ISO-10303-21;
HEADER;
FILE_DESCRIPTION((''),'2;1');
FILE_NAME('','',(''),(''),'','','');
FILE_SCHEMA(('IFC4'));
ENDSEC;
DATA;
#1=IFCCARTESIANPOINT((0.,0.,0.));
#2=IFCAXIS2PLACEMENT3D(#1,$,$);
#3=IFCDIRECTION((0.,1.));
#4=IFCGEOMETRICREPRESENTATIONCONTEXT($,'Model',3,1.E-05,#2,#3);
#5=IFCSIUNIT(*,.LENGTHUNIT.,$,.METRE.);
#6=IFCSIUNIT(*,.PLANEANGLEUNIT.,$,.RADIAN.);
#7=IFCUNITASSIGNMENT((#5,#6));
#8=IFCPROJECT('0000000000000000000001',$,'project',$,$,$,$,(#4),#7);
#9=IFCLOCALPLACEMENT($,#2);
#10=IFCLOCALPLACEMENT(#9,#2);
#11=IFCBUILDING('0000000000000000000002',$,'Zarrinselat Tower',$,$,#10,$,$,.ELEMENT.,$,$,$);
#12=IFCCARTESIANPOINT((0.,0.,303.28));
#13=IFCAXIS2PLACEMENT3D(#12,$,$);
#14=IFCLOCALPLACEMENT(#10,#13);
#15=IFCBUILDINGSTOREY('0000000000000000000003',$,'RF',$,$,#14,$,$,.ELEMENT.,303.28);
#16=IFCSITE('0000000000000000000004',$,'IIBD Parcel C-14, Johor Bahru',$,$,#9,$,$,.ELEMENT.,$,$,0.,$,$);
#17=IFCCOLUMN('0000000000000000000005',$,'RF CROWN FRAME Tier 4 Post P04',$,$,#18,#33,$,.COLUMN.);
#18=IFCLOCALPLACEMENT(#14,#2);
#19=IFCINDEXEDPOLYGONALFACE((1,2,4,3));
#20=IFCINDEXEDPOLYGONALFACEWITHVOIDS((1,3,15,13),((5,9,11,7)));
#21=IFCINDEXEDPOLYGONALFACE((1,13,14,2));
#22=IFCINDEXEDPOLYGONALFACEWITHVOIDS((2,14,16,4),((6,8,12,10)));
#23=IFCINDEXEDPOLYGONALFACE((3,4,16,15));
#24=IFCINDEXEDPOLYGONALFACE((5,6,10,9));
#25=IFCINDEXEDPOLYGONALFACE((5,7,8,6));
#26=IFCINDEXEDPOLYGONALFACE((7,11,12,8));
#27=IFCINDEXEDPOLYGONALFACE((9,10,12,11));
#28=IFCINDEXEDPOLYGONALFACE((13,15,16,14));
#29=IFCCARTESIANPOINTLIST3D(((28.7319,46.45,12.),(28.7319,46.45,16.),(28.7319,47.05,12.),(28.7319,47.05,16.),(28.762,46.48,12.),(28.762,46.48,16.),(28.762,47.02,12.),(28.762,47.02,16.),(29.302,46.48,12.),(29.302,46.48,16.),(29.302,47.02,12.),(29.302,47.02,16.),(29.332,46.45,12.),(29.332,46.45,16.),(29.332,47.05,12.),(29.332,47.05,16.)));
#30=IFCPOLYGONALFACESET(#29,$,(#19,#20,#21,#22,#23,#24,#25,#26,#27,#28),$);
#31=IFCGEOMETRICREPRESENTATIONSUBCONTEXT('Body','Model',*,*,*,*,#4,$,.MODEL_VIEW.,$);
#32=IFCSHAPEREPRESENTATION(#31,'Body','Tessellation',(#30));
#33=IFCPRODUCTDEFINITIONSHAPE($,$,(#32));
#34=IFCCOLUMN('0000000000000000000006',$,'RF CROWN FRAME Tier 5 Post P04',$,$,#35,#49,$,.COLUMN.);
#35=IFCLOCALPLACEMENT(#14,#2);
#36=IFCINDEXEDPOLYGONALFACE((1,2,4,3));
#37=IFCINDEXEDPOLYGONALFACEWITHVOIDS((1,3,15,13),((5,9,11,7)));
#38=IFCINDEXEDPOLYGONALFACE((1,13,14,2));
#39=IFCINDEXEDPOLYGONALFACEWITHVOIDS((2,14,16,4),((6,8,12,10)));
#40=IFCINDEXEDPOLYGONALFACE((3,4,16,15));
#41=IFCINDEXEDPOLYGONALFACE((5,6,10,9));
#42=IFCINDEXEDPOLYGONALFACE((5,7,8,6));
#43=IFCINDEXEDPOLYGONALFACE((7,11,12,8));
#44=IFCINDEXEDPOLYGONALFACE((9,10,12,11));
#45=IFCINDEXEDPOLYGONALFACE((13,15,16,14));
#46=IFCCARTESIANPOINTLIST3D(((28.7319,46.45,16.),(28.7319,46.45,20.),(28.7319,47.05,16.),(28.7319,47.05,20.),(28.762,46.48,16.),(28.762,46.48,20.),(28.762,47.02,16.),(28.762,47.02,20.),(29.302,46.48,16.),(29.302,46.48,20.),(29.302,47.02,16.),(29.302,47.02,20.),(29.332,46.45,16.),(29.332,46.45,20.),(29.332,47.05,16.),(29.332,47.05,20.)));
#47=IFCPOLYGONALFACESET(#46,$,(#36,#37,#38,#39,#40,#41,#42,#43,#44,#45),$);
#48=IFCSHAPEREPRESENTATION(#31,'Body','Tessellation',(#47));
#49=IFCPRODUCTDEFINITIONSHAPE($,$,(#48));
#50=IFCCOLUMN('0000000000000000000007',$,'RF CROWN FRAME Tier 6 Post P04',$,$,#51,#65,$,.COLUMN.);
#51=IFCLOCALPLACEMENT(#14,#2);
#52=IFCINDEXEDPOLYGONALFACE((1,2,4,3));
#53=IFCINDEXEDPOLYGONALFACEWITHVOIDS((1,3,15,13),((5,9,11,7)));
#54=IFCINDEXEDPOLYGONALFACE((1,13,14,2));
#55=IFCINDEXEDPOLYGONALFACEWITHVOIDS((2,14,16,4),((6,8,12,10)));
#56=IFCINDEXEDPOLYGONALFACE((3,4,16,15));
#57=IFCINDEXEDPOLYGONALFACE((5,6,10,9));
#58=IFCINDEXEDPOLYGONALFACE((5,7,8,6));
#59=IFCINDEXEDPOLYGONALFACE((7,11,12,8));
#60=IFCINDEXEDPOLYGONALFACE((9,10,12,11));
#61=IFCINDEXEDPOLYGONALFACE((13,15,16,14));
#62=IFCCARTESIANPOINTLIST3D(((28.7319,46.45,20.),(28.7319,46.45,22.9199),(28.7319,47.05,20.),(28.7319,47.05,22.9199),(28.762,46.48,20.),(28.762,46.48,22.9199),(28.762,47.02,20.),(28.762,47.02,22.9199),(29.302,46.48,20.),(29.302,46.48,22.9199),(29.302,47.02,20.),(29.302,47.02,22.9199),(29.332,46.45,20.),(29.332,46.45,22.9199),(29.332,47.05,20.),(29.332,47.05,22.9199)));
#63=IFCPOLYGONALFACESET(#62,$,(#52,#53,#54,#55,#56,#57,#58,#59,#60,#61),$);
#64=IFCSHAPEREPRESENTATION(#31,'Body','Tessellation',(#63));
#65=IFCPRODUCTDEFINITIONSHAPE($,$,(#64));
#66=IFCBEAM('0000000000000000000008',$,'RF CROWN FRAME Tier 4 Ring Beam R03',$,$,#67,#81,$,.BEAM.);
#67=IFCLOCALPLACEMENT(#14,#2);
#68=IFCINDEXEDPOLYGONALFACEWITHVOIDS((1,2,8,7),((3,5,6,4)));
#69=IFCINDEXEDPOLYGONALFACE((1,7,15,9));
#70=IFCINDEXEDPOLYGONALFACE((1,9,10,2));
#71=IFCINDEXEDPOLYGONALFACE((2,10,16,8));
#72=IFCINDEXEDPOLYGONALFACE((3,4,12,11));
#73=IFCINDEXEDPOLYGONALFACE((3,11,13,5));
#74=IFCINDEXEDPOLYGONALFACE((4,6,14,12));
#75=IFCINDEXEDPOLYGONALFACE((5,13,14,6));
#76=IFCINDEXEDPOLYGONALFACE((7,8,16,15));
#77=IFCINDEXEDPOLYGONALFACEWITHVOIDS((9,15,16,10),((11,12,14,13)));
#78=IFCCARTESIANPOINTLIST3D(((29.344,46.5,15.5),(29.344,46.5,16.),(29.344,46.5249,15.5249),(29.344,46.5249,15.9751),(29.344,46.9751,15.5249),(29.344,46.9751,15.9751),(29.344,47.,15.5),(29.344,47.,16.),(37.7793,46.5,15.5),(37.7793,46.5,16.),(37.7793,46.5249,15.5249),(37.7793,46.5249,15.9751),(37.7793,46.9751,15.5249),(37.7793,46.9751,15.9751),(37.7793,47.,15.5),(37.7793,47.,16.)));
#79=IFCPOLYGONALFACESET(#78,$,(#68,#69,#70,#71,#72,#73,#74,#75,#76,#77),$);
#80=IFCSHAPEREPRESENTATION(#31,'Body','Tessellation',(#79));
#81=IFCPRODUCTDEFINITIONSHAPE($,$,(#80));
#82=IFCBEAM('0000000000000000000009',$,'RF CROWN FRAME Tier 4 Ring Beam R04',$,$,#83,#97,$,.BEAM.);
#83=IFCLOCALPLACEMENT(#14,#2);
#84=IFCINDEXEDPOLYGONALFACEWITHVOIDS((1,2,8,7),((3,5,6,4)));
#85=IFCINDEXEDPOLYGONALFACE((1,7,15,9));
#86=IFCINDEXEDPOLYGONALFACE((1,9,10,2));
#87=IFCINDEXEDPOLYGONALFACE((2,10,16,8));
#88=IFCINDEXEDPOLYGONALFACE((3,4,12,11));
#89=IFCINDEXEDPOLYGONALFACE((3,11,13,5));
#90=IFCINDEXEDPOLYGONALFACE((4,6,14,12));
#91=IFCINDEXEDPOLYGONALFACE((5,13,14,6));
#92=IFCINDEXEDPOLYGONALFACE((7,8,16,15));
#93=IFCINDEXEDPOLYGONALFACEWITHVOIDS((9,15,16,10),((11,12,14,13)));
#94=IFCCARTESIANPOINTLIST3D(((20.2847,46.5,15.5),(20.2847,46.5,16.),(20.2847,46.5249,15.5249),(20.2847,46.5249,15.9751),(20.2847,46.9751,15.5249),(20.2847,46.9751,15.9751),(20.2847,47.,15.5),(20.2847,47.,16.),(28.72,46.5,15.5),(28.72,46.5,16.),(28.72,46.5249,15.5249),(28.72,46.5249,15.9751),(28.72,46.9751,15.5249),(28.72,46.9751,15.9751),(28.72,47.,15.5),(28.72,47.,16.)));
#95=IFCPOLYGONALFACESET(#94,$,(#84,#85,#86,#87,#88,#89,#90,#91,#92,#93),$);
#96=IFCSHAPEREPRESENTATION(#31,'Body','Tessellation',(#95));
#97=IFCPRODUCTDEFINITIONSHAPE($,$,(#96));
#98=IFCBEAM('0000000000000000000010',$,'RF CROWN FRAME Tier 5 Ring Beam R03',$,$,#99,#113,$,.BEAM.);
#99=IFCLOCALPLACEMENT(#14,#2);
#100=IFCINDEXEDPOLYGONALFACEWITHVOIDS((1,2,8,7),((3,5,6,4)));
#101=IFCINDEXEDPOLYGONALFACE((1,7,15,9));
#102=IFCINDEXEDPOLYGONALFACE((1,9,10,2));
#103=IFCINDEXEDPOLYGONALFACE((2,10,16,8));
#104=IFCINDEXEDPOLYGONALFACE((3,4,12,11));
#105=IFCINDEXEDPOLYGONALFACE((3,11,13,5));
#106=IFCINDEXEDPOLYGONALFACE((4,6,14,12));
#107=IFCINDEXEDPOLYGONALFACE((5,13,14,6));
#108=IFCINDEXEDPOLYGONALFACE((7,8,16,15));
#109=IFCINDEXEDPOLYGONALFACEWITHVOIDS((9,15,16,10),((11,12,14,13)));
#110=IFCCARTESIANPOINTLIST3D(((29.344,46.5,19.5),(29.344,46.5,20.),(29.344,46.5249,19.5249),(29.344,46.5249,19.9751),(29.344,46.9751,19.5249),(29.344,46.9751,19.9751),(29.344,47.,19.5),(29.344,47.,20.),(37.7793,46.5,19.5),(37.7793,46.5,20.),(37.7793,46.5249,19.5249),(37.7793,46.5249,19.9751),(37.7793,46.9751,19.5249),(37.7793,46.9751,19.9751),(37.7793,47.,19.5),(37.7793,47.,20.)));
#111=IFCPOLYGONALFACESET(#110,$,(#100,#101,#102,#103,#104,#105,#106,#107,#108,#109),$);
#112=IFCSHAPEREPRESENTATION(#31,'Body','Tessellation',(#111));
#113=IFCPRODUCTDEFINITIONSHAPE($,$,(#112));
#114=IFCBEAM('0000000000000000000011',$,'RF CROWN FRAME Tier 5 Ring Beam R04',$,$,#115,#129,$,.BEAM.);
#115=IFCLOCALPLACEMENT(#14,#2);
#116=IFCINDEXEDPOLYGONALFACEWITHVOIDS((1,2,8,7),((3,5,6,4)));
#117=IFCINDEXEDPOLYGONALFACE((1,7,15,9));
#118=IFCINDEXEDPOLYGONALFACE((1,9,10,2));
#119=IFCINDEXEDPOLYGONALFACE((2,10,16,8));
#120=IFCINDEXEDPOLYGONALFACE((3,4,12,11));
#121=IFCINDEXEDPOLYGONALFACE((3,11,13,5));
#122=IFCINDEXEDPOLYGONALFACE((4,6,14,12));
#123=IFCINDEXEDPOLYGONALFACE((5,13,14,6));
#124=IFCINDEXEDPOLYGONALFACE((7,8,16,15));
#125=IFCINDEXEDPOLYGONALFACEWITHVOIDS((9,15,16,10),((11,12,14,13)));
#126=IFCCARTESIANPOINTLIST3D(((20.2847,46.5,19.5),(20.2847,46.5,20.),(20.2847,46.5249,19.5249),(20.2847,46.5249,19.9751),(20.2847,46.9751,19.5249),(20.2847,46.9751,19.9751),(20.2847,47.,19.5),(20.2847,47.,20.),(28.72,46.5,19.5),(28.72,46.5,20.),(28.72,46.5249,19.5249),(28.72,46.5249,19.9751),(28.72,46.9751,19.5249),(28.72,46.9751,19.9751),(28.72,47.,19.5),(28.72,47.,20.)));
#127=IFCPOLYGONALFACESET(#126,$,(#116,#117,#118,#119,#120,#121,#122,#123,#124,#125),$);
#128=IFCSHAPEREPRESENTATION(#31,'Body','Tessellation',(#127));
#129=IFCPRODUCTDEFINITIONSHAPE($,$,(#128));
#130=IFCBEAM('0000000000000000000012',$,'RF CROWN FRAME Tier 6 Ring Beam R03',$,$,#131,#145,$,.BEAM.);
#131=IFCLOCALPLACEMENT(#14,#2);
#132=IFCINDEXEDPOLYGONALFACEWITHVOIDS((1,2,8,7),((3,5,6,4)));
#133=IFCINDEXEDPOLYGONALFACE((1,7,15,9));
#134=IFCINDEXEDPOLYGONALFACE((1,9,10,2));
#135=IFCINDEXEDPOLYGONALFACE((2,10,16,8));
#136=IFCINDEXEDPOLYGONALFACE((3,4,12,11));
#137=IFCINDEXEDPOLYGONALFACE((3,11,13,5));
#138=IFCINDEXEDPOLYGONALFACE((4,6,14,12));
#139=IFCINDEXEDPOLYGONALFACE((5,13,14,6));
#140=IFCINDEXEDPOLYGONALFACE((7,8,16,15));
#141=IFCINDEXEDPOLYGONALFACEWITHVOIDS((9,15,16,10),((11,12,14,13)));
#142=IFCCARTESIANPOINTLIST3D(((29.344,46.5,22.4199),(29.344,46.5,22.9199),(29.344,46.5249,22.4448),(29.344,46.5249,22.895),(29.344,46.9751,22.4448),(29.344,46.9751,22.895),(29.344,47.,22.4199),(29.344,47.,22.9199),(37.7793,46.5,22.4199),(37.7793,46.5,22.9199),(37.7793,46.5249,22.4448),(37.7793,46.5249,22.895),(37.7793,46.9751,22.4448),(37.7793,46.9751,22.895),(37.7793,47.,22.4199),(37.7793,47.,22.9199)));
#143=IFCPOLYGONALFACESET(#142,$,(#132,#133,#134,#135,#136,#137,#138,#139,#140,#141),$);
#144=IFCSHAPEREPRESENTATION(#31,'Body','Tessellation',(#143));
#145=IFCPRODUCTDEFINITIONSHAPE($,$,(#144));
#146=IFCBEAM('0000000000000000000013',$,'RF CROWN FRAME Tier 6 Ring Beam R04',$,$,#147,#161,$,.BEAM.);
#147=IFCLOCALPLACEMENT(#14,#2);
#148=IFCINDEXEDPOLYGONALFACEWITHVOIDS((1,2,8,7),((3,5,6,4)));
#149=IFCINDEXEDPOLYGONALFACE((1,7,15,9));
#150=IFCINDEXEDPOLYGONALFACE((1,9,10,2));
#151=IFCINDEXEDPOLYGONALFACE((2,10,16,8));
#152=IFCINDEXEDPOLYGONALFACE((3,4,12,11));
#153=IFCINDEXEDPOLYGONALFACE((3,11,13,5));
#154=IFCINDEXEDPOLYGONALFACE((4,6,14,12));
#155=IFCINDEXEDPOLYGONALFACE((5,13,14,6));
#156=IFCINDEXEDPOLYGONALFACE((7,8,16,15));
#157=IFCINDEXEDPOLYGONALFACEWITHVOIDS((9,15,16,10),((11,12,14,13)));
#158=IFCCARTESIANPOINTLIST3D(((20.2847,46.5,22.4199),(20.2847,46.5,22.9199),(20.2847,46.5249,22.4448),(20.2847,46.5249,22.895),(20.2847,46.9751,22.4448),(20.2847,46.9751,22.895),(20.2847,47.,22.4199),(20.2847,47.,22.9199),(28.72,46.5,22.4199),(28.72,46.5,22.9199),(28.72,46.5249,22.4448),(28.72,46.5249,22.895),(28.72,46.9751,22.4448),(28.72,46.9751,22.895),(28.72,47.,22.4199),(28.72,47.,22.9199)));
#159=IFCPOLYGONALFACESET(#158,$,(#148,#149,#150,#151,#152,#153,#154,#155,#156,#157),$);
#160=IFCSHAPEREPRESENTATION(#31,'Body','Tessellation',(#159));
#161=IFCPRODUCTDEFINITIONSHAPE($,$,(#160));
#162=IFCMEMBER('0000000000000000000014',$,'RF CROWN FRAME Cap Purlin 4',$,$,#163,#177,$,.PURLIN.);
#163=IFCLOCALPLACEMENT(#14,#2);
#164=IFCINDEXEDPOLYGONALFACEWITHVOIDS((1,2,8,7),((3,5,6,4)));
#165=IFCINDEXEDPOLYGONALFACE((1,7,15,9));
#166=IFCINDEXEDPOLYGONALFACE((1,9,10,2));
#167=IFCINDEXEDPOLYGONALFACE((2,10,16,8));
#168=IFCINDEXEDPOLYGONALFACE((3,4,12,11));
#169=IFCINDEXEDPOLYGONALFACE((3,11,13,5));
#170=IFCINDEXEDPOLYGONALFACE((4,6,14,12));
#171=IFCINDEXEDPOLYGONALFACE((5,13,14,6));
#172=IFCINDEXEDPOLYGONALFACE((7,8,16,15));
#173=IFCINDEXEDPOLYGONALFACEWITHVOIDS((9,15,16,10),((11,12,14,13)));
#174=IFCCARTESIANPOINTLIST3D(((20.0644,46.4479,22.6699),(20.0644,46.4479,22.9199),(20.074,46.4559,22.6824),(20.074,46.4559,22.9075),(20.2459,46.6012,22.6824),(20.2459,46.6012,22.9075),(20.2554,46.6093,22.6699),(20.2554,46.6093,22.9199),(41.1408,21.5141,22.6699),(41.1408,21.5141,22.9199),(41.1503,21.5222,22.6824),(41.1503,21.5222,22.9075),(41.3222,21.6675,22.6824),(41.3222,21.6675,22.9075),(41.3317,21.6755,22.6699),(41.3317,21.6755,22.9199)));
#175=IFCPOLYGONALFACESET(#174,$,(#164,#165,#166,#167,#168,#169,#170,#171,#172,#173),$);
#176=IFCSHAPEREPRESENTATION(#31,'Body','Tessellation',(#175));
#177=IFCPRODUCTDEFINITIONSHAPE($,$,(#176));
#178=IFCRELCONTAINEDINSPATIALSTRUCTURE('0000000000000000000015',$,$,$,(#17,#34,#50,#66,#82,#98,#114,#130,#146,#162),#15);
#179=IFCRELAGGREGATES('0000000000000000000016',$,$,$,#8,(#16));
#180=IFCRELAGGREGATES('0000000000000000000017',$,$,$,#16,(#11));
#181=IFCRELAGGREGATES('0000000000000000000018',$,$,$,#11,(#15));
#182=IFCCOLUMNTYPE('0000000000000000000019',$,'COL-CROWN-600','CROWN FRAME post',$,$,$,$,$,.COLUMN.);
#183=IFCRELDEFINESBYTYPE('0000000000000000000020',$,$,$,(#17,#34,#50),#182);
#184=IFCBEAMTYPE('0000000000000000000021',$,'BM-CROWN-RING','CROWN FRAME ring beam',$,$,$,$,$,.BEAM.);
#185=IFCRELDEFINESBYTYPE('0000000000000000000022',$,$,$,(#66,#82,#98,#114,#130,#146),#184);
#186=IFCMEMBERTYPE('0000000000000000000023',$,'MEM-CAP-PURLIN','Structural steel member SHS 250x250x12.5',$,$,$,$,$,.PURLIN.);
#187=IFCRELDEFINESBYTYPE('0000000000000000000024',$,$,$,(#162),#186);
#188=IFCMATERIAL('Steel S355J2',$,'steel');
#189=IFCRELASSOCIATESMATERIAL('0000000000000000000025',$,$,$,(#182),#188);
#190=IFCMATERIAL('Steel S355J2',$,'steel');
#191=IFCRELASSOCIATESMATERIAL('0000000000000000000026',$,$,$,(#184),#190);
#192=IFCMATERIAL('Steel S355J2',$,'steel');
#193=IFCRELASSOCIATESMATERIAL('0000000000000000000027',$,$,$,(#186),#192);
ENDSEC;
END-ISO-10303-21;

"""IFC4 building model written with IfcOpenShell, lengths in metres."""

from ifc_helpers import new_model, si_unit, direction, frame, origin, origin_2d, place, context, subcontext, project, spatial, hollow_rectangle, extrude, material, material_profile, profile_set, type_object, element, save


model = new_model("IFC4")

# Units and contexts
model_context = context("Model", 3, precision=1e-05, world=origin(), true_north=direction((0.0, 1.0)))
body_context = subcontext(model_context, "Body", "Model", "MODEL_VIEW")
ifc_project = project(units=[si_unit("LENGTHUNIT", "METRE"), si_unit("PLANEANGLEUNIT", "RADIAN")], contexts=[model_context])

# Site, building, storey
site_placement = place(None, origin())
site = spatial("IfcSite", under=ifc_project, at=site_placement, Name="IIBD Parcel C-14, Johor Bahru", CompositionType="ELEMENT", RefElevation=0.0)
building_placement = place(site_placement, origin())
building = spatial("IfcBuilding", under=site, at=building_placement, Name="Zarrinselat Tower", CompositionType="ELEMENT")
storey_placement = place(building_placement, frame((0.0, 0.0, 303.28)))
storey = spatial("IfcBuildingStorey", under=building, at=storey_placement, Name="RF", CompositionType="ELEMENT", Elevation=303.28)

# Columns
ifc_material_1 = material(Name="Steel S355J2", Category="steel")
ifc_material_profile_1 = material_profile(ifc_material_1, hollow_rectangle(XDim=0.6001, YDim=0.6001, WallThickness=0.03, at=origin_2d()), Name="SHS 600x600x30")
ifc_profile_set_1 = profile_set([ifc_material_profile_1], Name="Steel S355J2")
column_type = type_object("IfcColumnType", Name="COL-CROWN-600", Description="CROWN FRAME post", PredefinedType="COLUMN", material=ifc_profile_set_1)
for number, where, z_axis, x_axis, name in (
    (1, (29.032, 46.75, 12.0), (0.0, 0.0, 1.0), (1.0, 0.0, 0.0), "RF CROWN FRAME Tier 4 Post P04"),
    (2, (29.032, 46.75, 16.0), (0.0, 0.0, 1.0), (1.0, 0.0, 0.0), "RF CROWN FRAME Tier 5 Post P04"),
):
    element("IfcColumn", number, at=place(storey_placement, frame(where, z_axis=z_axis, x_axis=x_axis)), inside=storey, type_object=column_type, Name=name, PredefinedType="COLUMN", context=body_context, shape_type="SweptSolid", body=[
        extrude(hollow_rectangle(XDim=0.6001, YDim=0.6001, WallThickness=0.03, at=origin_2d()), origin(), (0.0, 0.0, 1.0), 4.0),
    ])
column_placement = place(storey_placement, frame((29.032, 46.75, 20.0), z_axis=(0.0, 0.0, 1.0), x_axis=(1.0, 0.0, 0.0)))
element("IfcColumn", 3, at=column_placement, inside=storey, type_object=column_type, Name="RF CROWN FRAME Tier 6 Post P04", PredefinedType="COLUMN", context=body_context, shape_type="SweptSolid", body=[
    extrude(hollow_rectangle(XDim=0.6001, YDim=0.6001, WallThickness=0.03, at=origin_2d()), origin(), (0.0, 0.0, 1.0), 2.9199),
])

# Beams
ifc_material_2 = material(Name="Steel S355J2", Category="steel")
ifc_material_profile_2 = material_profile(ifc_material_2, hollow_rectangle(XDim=0.5, YDim=0.5, WallThickness=0.0249, at=origin_2d()), Name="SHS 500x500x25")
ifc_profile_set_2 = profile_set([ifc_material_profile_2], Name="Steel S355J2")
beam_type = type_object("IfcBeamType", Name="BM-CROWN-RING", Description="CROWN FRAME ring beam", PredefinedType="BEAM", material=ifc_profile_set_2)
for number, where, z_axis, x_axis, name in (
    (4, (37.7793, 46.75, 15.75), (-1.0, 0.0, 0.0), (0.0, -1.0, 0.0), "RF CROWN FRAME Tier 4 Ring Beam R03"),
    (5, (28.72, 46.75, 15.75), (-1.0, 0.0, 0.0), (0.0, -1.0, 0.0), "RF CROWN FRAME Tier 4 Ring Beam R04"),
    (6, (37.7793, 46.75, 19.75), (-1.0, 0.0, 0.0), (0.0, -1.0, 0.0), "RF CROWN FRAME Tier 5 Ring Beam R03"),
    (7, (28.72, 46.75, 19.75), (-1.0, 0.0, 0.0), (0.0, -1.0, 0.0), "RF CROWN FRAME Tier 5 Ring Beam R04"),
    (8, (37.7793, 46.75, 22.6699), (-1.0, 0.0, 0.0), (0.0, -1.0, 0.0), "RF CROWN FRAME Tier 6 Ring Beam R03"),
    (9, (28.72, 46.75, 22.6699), (-1.0, 0.0, 0.0), (0.0, -1.0, 0.0), "RF CROWN FRAME Tier 6 Ring Beam R04"),
):
    element("IfcBeam", number, at=place(storey_placement, frame(where, z_axis=z_axis, x_axis=x_axis)), inside=storey, type_object=beam_type, Name=name, PredefinedType="BEAM", context=body_context, shape_type="SweptSolid", body=[
        extrude(hollow_rectangle(XDim=0.5, YDim=0.5, WallThickness=0.0249, at=origin_2d()), origin(), (0.0, 0.0, 1.0), 8.4353),
    ])

# Member
ifc_material_3 = material(Name="Steel S355J2", Category="steel")
ifc_material_profile_3 = material_profile(ifc_material_3, hollow_rectangle(XDim=0.25, YDim=0.25, WallThickness=0.0125, at=origin_2d()), Name="SHS 250x250x12.5")
ifc_profile_set_3 = profile_set([ifc_material_profile_3], Name="Steel S355J2")
member_type_1 = type_object("IfcMemberType", Name="MEM-CAP-PURLIN", Description="Structural steel member SHS 250x250x12.5", PredefinedType="PURLIN", material=ifc_profile_set_3)
member_1_placement = place(storey_placement, frame((20.1599, 46.5286, 22.7949), z_axis=(0.645559, -0.76371, 0.0), x_axis=(0.76371, 0.645559, 0.0)))
element("IfcMember", 10, at=member_1_placement, inside=storey, type_object=member_type_1, Name="RF CROWN FRAME Cap Purlin 4", PredefinedType="PURLIN", context=body_context, shape_type="SweptSolid", body=[
    extrude(hollow_rectangle(XDim=0.25, YDim=0.25, WallThickness=0.0125, at=origin_2d()), origin(), (0.0, 0.0, 1.0), 32.6482),
])

save(model, "model.ifc")
